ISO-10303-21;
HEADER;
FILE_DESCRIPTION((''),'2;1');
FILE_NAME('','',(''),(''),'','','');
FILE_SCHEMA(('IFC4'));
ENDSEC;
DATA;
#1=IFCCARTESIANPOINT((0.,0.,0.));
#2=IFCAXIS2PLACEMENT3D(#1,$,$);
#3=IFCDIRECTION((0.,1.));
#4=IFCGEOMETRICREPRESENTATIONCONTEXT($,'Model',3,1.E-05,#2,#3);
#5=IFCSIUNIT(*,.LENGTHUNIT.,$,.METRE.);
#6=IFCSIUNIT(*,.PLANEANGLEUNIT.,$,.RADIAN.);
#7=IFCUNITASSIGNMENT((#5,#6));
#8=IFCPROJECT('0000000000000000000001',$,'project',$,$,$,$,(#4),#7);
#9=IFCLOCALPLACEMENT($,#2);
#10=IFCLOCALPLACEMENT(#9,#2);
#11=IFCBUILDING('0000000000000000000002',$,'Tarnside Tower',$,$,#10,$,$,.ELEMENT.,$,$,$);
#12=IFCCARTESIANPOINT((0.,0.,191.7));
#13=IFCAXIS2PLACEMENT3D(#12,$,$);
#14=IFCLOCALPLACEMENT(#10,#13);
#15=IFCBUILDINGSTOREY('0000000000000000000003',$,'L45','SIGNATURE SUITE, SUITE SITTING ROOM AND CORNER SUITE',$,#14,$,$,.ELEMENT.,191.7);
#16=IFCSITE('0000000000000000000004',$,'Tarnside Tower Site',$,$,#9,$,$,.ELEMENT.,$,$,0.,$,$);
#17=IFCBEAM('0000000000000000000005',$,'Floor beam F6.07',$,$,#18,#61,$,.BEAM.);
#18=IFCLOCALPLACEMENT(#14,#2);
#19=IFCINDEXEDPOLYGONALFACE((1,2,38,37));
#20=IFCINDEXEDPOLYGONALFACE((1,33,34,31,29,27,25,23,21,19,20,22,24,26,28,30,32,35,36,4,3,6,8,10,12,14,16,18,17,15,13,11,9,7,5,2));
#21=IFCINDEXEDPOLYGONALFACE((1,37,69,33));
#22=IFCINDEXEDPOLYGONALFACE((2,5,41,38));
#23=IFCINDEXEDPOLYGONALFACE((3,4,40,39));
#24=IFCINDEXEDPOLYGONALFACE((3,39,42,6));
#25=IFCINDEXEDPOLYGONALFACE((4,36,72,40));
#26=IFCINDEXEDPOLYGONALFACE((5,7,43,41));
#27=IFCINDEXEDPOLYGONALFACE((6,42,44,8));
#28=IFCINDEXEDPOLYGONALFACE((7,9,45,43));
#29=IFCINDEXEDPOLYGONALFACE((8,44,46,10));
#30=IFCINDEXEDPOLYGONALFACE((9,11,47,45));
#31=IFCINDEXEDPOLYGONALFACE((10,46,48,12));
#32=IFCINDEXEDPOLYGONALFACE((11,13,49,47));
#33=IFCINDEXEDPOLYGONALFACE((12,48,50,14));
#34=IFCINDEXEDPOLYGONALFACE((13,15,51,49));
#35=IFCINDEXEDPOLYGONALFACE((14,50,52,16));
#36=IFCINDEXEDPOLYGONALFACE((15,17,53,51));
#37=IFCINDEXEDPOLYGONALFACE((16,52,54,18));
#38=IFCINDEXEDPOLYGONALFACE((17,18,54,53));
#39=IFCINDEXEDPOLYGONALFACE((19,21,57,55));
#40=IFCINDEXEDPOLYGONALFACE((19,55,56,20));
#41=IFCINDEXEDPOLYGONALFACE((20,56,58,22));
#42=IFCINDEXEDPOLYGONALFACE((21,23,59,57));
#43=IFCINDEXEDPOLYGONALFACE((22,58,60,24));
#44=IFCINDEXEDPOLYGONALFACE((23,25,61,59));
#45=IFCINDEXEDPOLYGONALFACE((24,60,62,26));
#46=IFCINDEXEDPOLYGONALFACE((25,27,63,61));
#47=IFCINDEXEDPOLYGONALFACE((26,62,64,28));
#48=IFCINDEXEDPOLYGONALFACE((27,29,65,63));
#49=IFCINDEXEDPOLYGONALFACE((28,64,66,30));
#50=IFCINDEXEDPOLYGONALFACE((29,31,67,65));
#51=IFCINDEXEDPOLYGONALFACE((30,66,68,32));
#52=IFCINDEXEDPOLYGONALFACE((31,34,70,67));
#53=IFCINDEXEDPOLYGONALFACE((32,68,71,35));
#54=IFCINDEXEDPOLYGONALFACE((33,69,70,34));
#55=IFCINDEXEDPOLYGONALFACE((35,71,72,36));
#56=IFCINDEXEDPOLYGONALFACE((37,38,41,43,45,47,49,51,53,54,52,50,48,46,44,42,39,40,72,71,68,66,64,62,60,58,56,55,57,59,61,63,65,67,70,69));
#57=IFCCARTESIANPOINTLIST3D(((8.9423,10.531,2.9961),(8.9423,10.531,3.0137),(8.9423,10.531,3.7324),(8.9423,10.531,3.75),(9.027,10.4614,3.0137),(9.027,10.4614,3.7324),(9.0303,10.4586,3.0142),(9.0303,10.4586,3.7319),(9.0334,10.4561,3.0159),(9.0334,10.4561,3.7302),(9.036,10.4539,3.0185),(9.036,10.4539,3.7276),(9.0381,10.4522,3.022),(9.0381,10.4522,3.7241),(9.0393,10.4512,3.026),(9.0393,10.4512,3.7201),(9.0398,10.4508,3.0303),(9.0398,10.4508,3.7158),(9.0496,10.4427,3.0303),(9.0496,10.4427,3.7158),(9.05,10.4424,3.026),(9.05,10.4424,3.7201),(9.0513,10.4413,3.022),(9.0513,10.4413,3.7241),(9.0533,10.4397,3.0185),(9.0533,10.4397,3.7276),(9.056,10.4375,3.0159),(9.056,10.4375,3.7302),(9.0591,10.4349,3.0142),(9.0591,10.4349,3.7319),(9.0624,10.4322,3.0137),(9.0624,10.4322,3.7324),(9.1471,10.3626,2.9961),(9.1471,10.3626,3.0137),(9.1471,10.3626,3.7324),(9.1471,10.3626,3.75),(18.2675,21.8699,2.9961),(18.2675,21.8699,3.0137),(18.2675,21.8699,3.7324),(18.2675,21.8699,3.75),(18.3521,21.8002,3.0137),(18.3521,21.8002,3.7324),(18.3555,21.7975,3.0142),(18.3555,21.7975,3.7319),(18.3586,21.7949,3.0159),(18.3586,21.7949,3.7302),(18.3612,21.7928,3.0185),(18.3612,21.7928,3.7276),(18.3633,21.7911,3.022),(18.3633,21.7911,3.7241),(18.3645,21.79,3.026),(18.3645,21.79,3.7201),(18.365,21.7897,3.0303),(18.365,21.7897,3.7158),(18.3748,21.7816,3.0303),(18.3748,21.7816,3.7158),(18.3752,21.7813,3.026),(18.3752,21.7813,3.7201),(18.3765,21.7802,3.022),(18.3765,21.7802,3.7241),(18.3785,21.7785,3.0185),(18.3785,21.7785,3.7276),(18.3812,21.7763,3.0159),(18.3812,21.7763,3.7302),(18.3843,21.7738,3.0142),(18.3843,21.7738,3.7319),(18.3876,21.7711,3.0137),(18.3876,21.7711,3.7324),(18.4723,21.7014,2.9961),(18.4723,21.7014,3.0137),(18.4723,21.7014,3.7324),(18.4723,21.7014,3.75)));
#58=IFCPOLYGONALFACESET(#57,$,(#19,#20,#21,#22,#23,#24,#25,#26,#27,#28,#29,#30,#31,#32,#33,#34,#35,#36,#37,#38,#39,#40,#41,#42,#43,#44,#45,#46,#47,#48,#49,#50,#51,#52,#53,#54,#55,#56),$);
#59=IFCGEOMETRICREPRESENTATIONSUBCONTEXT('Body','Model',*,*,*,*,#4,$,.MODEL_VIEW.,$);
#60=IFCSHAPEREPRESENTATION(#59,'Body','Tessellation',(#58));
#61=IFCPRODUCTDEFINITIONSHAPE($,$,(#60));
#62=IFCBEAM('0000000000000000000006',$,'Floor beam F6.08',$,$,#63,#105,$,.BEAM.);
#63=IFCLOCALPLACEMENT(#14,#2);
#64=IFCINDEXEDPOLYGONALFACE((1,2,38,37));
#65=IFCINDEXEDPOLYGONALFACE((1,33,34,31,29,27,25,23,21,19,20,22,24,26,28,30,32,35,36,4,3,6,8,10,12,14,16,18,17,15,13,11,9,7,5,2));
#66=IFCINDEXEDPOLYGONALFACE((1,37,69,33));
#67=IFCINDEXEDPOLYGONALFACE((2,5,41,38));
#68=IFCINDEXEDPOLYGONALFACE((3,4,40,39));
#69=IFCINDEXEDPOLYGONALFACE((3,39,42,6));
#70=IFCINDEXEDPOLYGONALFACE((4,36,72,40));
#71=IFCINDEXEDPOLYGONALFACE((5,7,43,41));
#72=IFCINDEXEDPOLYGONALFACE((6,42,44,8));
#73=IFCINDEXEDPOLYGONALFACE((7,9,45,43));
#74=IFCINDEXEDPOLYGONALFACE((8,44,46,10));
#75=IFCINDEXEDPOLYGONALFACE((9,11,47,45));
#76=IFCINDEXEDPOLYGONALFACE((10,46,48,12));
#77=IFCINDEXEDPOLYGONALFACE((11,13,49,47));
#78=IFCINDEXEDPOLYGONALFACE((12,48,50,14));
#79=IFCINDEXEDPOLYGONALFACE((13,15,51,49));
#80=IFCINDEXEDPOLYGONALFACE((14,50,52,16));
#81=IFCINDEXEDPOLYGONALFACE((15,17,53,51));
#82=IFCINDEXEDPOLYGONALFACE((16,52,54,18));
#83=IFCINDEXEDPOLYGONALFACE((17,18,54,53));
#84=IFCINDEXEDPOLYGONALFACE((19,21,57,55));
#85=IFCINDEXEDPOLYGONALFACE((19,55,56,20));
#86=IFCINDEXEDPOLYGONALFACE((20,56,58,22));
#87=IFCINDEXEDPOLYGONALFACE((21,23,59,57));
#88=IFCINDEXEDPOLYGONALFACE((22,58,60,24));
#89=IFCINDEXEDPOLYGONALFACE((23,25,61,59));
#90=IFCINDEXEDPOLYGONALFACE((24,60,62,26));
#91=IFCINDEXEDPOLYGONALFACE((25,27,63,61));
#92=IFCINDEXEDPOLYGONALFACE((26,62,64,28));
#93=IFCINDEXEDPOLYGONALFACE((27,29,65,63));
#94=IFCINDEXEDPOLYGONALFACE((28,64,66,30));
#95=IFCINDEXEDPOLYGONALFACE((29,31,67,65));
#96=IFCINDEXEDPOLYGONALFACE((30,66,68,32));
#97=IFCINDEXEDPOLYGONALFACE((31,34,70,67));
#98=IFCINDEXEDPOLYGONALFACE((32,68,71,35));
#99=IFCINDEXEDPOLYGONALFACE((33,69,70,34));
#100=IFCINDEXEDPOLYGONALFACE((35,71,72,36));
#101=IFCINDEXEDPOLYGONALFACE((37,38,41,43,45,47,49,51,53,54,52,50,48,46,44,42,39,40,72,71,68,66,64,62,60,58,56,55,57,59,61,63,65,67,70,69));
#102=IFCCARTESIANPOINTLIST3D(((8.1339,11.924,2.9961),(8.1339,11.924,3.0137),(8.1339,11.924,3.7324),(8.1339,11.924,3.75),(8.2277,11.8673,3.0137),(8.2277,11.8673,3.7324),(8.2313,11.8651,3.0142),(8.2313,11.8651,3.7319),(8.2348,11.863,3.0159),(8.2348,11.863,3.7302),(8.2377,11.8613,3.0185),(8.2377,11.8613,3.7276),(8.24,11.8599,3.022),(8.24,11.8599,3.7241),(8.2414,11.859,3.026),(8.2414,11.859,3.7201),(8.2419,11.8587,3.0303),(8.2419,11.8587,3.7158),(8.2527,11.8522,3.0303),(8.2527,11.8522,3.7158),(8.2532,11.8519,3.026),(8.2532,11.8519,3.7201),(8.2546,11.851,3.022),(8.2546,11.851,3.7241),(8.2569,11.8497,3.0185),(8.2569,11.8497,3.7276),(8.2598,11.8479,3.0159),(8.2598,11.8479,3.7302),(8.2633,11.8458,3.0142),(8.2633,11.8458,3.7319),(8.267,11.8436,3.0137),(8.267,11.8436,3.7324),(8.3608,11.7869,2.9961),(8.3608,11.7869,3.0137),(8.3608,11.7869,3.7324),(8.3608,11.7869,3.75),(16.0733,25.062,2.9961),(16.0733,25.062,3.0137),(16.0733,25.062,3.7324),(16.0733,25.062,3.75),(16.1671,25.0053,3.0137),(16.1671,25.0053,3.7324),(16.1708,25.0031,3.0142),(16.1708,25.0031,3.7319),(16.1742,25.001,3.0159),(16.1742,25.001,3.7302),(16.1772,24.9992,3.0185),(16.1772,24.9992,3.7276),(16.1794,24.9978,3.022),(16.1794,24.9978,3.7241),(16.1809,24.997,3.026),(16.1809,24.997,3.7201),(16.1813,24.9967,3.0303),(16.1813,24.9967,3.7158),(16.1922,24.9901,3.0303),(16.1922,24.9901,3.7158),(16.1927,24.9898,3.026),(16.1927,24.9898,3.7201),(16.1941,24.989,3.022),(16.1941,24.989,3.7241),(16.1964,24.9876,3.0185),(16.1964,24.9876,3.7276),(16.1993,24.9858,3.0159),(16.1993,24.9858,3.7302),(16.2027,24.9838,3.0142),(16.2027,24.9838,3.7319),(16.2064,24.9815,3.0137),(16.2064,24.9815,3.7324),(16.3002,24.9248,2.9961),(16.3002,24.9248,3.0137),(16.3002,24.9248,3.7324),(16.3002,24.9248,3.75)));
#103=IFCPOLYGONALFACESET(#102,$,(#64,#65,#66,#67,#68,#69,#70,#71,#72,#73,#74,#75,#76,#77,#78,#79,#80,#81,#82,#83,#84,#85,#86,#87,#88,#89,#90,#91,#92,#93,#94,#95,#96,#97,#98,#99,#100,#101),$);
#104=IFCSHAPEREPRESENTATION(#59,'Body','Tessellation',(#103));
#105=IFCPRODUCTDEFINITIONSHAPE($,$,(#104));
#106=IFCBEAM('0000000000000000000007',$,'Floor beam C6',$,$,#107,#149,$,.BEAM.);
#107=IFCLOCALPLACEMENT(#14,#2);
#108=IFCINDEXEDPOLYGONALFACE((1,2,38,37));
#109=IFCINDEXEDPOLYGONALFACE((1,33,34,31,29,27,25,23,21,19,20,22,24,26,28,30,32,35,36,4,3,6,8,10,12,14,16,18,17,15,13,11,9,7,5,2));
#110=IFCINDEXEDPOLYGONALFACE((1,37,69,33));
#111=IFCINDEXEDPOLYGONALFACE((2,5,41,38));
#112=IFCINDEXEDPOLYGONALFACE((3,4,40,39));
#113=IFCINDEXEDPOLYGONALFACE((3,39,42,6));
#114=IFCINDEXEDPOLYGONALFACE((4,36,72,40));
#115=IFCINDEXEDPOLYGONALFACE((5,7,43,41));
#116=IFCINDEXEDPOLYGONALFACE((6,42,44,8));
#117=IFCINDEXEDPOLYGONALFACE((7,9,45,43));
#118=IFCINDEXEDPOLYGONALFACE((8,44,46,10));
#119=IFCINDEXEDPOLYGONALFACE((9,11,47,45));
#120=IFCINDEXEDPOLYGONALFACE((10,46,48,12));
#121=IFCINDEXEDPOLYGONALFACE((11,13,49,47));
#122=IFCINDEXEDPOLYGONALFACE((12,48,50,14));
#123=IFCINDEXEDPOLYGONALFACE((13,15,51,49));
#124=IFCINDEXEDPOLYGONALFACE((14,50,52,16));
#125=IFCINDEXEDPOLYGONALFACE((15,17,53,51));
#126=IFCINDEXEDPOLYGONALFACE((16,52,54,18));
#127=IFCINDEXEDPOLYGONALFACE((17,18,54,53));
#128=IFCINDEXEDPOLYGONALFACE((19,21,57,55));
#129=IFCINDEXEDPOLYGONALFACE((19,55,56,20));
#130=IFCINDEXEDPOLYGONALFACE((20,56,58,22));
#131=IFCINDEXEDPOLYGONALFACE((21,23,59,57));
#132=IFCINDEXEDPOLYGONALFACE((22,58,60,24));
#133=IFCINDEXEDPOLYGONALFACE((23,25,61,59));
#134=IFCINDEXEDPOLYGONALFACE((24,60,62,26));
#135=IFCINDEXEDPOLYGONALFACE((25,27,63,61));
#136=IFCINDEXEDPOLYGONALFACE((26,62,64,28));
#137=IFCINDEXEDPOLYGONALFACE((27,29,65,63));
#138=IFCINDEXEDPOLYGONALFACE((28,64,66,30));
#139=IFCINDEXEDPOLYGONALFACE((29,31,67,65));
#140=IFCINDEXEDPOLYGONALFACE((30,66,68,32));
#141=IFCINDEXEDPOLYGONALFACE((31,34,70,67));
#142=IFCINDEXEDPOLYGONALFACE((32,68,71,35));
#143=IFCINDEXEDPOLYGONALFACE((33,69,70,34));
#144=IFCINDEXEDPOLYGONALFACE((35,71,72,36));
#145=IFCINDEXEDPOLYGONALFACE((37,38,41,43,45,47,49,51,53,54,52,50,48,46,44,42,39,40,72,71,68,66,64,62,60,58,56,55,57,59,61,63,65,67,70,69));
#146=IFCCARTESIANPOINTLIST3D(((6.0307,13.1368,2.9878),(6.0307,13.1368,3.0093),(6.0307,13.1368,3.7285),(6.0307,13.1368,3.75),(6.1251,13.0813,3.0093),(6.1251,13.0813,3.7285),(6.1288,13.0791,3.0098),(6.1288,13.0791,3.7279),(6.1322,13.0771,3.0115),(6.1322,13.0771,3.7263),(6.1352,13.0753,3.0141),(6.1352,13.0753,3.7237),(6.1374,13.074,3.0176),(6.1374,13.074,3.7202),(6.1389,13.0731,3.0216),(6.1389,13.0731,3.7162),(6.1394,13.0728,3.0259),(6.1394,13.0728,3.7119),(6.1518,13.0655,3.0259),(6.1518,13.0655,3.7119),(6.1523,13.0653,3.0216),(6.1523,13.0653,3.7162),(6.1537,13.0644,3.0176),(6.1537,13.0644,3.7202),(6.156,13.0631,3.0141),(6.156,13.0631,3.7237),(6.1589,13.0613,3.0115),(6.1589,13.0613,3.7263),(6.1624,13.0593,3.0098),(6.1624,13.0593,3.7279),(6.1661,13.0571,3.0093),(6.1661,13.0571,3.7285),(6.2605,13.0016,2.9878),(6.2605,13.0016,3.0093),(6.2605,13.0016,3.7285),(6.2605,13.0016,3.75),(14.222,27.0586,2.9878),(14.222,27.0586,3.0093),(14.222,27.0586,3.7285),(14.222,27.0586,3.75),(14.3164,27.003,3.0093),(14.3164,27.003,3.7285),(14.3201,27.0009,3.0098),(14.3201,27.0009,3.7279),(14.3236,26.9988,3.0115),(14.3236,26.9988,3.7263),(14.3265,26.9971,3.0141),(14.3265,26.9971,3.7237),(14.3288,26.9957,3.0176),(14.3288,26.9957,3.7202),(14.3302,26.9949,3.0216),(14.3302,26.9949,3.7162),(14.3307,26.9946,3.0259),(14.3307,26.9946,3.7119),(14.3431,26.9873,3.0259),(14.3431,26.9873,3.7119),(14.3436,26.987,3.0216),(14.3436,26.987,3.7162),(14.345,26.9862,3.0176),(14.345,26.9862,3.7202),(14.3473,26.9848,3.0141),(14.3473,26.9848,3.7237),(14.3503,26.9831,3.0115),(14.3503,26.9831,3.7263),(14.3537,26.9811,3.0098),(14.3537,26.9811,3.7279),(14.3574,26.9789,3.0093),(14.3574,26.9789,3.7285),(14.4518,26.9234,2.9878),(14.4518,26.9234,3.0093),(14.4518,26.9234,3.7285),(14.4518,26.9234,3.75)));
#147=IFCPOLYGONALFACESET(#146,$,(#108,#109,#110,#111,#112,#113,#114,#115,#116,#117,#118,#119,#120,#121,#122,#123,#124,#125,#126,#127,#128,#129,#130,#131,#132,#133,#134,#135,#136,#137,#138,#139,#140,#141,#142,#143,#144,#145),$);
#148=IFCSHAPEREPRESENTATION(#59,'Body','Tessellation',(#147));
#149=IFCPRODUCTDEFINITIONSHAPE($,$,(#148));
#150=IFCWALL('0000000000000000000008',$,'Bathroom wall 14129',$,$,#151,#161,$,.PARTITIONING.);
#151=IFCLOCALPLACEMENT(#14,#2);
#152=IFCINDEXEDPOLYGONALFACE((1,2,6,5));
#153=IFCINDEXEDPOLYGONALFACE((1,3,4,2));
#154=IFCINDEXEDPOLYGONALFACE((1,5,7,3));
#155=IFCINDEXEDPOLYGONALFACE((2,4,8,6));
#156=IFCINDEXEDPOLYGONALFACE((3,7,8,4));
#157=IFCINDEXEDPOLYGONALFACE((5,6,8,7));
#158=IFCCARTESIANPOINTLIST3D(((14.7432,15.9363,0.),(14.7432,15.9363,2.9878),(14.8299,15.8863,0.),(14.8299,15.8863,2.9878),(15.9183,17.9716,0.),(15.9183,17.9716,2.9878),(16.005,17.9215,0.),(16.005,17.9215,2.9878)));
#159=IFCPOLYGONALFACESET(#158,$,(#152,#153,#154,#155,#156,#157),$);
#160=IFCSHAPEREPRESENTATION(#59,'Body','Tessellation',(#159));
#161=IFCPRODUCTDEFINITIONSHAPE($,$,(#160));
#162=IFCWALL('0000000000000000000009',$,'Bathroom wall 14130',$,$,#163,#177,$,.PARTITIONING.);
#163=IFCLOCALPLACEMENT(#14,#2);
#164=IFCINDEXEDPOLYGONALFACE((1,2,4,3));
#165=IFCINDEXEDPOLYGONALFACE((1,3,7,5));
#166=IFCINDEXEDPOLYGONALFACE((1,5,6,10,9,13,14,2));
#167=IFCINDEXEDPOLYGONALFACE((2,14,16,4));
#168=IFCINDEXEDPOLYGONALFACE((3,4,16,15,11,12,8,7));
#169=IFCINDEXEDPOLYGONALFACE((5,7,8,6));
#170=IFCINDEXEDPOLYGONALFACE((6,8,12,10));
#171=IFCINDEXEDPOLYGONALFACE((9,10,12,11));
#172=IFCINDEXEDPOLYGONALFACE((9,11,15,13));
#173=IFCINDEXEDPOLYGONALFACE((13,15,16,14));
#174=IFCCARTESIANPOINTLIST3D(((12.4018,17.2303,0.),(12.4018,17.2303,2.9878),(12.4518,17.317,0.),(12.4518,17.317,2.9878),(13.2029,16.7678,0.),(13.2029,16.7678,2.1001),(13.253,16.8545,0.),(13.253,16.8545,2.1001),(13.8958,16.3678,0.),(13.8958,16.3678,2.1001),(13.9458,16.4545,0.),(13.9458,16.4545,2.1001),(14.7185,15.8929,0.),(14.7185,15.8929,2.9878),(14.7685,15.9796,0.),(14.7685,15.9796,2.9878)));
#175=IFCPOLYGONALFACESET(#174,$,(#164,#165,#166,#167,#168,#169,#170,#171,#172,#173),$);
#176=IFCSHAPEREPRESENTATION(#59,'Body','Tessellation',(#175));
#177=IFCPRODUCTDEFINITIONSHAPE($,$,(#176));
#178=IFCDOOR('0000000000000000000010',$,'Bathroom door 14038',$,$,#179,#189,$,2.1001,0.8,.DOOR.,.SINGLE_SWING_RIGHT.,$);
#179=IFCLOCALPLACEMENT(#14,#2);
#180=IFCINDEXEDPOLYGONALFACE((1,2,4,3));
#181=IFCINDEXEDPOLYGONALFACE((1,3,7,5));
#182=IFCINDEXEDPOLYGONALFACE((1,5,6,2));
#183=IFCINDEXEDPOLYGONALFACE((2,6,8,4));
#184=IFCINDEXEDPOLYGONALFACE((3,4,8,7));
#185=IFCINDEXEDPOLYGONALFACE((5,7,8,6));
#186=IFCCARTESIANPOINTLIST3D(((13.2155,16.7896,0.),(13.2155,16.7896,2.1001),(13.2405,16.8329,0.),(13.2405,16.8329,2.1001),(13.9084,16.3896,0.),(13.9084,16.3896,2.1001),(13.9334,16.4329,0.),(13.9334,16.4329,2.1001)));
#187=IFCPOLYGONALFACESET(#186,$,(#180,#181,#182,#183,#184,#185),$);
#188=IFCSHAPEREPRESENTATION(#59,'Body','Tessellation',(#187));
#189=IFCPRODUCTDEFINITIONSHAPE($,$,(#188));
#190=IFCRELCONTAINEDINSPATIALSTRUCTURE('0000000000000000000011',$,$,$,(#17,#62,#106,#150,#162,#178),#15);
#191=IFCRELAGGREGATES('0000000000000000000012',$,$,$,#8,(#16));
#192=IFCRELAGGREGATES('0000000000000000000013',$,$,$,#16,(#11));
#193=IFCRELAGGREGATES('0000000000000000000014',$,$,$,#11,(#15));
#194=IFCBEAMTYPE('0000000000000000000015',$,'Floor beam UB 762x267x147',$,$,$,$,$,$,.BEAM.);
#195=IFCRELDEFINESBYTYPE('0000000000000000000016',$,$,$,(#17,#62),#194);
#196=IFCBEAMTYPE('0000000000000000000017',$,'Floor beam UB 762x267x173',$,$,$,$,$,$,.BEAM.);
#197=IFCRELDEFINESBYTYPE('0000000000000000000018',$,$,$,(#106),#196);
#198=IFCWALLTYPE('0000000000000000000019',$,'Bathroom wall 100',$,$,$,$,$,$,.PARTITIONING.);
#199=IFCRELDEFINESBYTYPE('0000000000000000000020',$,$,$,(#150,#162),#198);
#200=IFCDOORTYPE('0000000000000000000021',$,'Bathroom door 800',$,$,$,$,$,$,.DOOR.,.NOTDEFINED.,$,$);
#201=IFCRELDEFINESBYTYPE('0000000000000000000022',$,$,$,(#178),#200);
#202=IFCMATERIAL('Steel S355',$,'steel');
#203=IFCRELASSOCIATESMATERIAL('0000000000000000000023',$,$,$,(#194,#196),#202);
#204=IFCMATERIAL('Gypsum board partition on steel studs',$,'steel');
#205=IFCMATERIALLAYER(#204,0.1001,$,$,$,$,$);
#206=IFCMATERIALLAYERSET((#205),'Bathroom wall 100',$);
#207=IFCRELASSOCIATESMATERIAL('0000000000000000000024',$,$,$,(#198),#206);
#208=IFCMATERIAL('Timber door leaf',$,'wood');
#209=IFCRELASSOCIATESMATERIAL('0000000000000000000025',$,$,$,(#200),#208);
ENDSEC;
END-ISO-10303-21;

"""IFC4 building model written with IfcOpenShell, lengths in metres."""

from ifc_helpers import new_model, si_unit, direction, frame, frame_2d, origin, origin_2d, place, context, subcontext, project, spatial, rectangle, i_section, extrude, material, layer, layer_set, material_profile, profile_set, type_object, element, fill, save


model = new_model("IFC4")

# Units and contexts
model_context = context("Model", 3, precision=1e-05, world=origin(), true_north=direction((0.0, 1.0)))
body_context = subcontext(model_context, "Body", "Model", "MODEL_VIEW")
ifc_project = project(units=[si_unit("LENGTHUNIT", "METRE"), si_unit("PLANEANGLEUNIT", "RADIAN")], contexts=[model_context])

# Site, building, storey
site_placement = place(None, origin())
site = spatial("IfcSite", under=ifc_project, at=site_placement, Name="Tarnside Tower Site", CompositionType="ELEMENT", RefElevation=0.0)
building_placement = place(site_placement, origin())
building = spatial("IfcBuilding", under=site, at=building_placement, Name="Tarnside Tower", CompositionType="ELEMENT")
storey_placement = place(building_placement, frame((0.0, 0.0, 191.7)))
storey = spatial("IfcBuildingStorey", under=building, at=storey_placement, Name="L45", Description="SIGNATURE SUITE, SUITE SITTING ROOM AND CORNER SUITE", CompositionType="ELEMENT", Elevation=191.7)

# Beams
ifc_material_1 = material(Name="Steel S355", Category="steel")
ifc_material_profile_1 = material_profile(ifc_material_1, i_section(OverallWidth=0.2651, OverallDepth=0.7539, WebThickness=0.0127, FlangeThickness=0.0176, FilletRadius=0.0166, at=origin_2d()), Name="UB 762x267x147")
ifc_profile_set_1 = profile_set([ifc_material_profile_1], Name="Steel S355")
beam_type_1 = type_object("IfcBeamType", Name="Floor beam UB 762x267x147", PredefinedType="BEAM", material=ifc_profile_set_1)
beam_1_placement = place(storey_placement, frame((18.3699, 21.7856, 3.373), z_axis=(-0.635192, -0.772354, 0.0), x_axis=(0.772354, -0.635192, 0.0)))
element("IfcBeam", 1, at=beam_1_placement, inside=storey, type_object=beam_type_1, Name="Floor beam F6.07", PredefinedType="BEAM", context=body_context, shape_type="SweptSolid", body=[
    extrude(i_section(OverallWidth=0.2651, OverallDepth=0.7539, WebThickness=0.0127, FlangeThickness=0.0176, FilletRadius=0.0166, at=origin_2d()), origin(), (0.0, 0.0, 1.0), 14.6809),
])
beam_2_placement = place(storey_placement, frame((16.1868, 24.9934, 3.373), z_axis=(-0.517209, -0.855859, 0.0), x_axis=(0.855859, -0.517209, 0.0)))
element("IfcBeam", 2, at=beam_2_placement, inside=storey, type_object=beam_type_1, Name="Floor beam F6.08", PredefinedType="BEAM", context=body_context, shape_type="SweptSolid", body=[
    extrude(i_section(OverallWidth=0.2651, OverallDepth=0.7539, WebThickness=0.0127, FlangeThickness=0.0176, FilletRadius=0.0166, at=origin_2d()), origin(), (0.0, 0.0, 1.0), 15.3506),
])
ifc_material_profile_2 = material_profile(ifc_material_1, i_section(OverallWidth=0.2666, OverallDepth=0.7622, WebThickness=0.0144, FlangeThickness=0.0215, FilletRadius=0.0166, at=origin_2d()), Name="UB 762x267x173")
ifc_profile_set_2 = profile_set([ifc_material_profile_2], Name="Steel S355")
beam_type_2 = type_object("IfcBeamType", Name="Floor beam UB 762x267x173", PredefinedType="BEAM", material=ifc_profile_set_2)
beam_3_placement = place(storey_placement, frame((14.3369, 26.991, 3.3689), z_axis=(-0.507115, -0.861878, 0.0), x_axis=(0.861878, -0.507115, 0.0)))
element("IfcBeam", 3, at=beam_3_placement, inside=storey, type_object=beam_type_2, Name="Floor beam C6", PredefinedType="BEAM", context=body_context, shape_type="SweptSolid", body=[
    extrude(i_section(OverallWidth=0.2666, OverallDepth=0.7622, WebThickness=0.0144, FlangeThickness=0.0215, FilletRadius=0.0166, at=origin_2d()), origin(), (0.0, 0.0, 1.0), 16.1528),
])

# Wall
ifc_material_2 = material(Name="Gypsum board partition on steel studs", Category="steel")
ifc_layer_1 = layer(ifc_material_2, 0.1001)
ifc_layer_set_1 = layer_set([ifc_layer_1], Name="Bathroom wall 100")
wall_type_1 = type_object("IfcWallType", Name="Bathroom wall 100", PredefinedType="PARTITIONING", material=ifc_layer_set_1)
wall_1_placement = place(storey_placement, frame((15.9617, 17.9465, 0.0), z_axis=(0.0, 0.0, 1.0), x_axis=(-0.500016, -0.866016, 0.0)))
element("IfcWall", 4, at=wall_1_placement, inside=storey, type_object=wall_type_1, Name="Bathroom wall 14129", PredefinedType="PARTITIONING", context=body_context, shape_type="SweptSolid", body=[
    extrude(rectangle(XDim=2.3501, YDim=0.1001, at=frame_2d((1.175, 0.0))), origin(), (0.0, 0.0, 1.0), 2.9878),
])

# Wall, opening, door
wall_2_placement = place(storey_placement, frame((14.7434, 15.9363, 0.0), z_axis=(0.0, 0.0, 1.0), x_axis=(-0.866044, 0.499967, 0.0)))
wall_2 = element("IfcWall", 5, at=wall_2_placement, inside=storey, type_object=wall_type_1, Name="Bathroom wall 14130", PredefinedType="PARTITIONING", context=body_context, shape_type="SweptSolid", body=[
    extrude(rectangle(XDim=2.675, YDim=0.1001, at=frame_2d((1.3374, 0.0))), origin(), (0.0, 0.0, 1.0), 2.9878),
])
opening_1_placement = place(wall_2_placement, frame((0.95, 0.0, 0.0)))
opening_1 = element("IfcOpeningElement", 6, at=opening_1_placement, cuts=wall_2, PredefinedType="OPENING", context=body_context, shape_type="SweptSolid", body=[
    extrude(rectangle(XDim=0.8, YDim=2.1001, at=frame_2d((0.3999, 1.05))), frame((0.0, 0.0601, 0.0), z_axis=(0.0, -1.0, 0.0), x_axis=(1.0, 0.0, 0.0)), (0.0, 0.0, 1.0), 0.1201),
])
ifc_material_3 = material(Name="Timber door leaf", Category="wood")
door_type_1 = type_object("IfcDoorType", Name="Bathroom door 800", OperationType="NOTDEFINED", PredefinedType="DOOR", material=ifc_material_3)
door_1_placement = place(opening_1_placement, origin())
door_1 = element("IfcDoor", 7, at=door_1_placement, inside=storey, type_object=door_type_1, Name="Bathroom door 14038", OperationType="SINGLE_SWING_RIGHT", OverallHeight=2.1001, OverallWidth=0.8, PredefinedType="DOOR", context=body_context, shape_type="SweptSolid", body=[
    extrude(rectangle(XDim=0.8, YDim=2.1001, at=frame_2d((0.3999, 1.05))), frame((0.0, 0.0249, 0.0), z_axis=(0.0, -1.0, 0.0), x_axis=(1.0, 0.0, 0.0)), (0.0, 0.0, 1.0), 0.05),
])
fill(opening_1, door_1)

save(model, "model.ifc")
